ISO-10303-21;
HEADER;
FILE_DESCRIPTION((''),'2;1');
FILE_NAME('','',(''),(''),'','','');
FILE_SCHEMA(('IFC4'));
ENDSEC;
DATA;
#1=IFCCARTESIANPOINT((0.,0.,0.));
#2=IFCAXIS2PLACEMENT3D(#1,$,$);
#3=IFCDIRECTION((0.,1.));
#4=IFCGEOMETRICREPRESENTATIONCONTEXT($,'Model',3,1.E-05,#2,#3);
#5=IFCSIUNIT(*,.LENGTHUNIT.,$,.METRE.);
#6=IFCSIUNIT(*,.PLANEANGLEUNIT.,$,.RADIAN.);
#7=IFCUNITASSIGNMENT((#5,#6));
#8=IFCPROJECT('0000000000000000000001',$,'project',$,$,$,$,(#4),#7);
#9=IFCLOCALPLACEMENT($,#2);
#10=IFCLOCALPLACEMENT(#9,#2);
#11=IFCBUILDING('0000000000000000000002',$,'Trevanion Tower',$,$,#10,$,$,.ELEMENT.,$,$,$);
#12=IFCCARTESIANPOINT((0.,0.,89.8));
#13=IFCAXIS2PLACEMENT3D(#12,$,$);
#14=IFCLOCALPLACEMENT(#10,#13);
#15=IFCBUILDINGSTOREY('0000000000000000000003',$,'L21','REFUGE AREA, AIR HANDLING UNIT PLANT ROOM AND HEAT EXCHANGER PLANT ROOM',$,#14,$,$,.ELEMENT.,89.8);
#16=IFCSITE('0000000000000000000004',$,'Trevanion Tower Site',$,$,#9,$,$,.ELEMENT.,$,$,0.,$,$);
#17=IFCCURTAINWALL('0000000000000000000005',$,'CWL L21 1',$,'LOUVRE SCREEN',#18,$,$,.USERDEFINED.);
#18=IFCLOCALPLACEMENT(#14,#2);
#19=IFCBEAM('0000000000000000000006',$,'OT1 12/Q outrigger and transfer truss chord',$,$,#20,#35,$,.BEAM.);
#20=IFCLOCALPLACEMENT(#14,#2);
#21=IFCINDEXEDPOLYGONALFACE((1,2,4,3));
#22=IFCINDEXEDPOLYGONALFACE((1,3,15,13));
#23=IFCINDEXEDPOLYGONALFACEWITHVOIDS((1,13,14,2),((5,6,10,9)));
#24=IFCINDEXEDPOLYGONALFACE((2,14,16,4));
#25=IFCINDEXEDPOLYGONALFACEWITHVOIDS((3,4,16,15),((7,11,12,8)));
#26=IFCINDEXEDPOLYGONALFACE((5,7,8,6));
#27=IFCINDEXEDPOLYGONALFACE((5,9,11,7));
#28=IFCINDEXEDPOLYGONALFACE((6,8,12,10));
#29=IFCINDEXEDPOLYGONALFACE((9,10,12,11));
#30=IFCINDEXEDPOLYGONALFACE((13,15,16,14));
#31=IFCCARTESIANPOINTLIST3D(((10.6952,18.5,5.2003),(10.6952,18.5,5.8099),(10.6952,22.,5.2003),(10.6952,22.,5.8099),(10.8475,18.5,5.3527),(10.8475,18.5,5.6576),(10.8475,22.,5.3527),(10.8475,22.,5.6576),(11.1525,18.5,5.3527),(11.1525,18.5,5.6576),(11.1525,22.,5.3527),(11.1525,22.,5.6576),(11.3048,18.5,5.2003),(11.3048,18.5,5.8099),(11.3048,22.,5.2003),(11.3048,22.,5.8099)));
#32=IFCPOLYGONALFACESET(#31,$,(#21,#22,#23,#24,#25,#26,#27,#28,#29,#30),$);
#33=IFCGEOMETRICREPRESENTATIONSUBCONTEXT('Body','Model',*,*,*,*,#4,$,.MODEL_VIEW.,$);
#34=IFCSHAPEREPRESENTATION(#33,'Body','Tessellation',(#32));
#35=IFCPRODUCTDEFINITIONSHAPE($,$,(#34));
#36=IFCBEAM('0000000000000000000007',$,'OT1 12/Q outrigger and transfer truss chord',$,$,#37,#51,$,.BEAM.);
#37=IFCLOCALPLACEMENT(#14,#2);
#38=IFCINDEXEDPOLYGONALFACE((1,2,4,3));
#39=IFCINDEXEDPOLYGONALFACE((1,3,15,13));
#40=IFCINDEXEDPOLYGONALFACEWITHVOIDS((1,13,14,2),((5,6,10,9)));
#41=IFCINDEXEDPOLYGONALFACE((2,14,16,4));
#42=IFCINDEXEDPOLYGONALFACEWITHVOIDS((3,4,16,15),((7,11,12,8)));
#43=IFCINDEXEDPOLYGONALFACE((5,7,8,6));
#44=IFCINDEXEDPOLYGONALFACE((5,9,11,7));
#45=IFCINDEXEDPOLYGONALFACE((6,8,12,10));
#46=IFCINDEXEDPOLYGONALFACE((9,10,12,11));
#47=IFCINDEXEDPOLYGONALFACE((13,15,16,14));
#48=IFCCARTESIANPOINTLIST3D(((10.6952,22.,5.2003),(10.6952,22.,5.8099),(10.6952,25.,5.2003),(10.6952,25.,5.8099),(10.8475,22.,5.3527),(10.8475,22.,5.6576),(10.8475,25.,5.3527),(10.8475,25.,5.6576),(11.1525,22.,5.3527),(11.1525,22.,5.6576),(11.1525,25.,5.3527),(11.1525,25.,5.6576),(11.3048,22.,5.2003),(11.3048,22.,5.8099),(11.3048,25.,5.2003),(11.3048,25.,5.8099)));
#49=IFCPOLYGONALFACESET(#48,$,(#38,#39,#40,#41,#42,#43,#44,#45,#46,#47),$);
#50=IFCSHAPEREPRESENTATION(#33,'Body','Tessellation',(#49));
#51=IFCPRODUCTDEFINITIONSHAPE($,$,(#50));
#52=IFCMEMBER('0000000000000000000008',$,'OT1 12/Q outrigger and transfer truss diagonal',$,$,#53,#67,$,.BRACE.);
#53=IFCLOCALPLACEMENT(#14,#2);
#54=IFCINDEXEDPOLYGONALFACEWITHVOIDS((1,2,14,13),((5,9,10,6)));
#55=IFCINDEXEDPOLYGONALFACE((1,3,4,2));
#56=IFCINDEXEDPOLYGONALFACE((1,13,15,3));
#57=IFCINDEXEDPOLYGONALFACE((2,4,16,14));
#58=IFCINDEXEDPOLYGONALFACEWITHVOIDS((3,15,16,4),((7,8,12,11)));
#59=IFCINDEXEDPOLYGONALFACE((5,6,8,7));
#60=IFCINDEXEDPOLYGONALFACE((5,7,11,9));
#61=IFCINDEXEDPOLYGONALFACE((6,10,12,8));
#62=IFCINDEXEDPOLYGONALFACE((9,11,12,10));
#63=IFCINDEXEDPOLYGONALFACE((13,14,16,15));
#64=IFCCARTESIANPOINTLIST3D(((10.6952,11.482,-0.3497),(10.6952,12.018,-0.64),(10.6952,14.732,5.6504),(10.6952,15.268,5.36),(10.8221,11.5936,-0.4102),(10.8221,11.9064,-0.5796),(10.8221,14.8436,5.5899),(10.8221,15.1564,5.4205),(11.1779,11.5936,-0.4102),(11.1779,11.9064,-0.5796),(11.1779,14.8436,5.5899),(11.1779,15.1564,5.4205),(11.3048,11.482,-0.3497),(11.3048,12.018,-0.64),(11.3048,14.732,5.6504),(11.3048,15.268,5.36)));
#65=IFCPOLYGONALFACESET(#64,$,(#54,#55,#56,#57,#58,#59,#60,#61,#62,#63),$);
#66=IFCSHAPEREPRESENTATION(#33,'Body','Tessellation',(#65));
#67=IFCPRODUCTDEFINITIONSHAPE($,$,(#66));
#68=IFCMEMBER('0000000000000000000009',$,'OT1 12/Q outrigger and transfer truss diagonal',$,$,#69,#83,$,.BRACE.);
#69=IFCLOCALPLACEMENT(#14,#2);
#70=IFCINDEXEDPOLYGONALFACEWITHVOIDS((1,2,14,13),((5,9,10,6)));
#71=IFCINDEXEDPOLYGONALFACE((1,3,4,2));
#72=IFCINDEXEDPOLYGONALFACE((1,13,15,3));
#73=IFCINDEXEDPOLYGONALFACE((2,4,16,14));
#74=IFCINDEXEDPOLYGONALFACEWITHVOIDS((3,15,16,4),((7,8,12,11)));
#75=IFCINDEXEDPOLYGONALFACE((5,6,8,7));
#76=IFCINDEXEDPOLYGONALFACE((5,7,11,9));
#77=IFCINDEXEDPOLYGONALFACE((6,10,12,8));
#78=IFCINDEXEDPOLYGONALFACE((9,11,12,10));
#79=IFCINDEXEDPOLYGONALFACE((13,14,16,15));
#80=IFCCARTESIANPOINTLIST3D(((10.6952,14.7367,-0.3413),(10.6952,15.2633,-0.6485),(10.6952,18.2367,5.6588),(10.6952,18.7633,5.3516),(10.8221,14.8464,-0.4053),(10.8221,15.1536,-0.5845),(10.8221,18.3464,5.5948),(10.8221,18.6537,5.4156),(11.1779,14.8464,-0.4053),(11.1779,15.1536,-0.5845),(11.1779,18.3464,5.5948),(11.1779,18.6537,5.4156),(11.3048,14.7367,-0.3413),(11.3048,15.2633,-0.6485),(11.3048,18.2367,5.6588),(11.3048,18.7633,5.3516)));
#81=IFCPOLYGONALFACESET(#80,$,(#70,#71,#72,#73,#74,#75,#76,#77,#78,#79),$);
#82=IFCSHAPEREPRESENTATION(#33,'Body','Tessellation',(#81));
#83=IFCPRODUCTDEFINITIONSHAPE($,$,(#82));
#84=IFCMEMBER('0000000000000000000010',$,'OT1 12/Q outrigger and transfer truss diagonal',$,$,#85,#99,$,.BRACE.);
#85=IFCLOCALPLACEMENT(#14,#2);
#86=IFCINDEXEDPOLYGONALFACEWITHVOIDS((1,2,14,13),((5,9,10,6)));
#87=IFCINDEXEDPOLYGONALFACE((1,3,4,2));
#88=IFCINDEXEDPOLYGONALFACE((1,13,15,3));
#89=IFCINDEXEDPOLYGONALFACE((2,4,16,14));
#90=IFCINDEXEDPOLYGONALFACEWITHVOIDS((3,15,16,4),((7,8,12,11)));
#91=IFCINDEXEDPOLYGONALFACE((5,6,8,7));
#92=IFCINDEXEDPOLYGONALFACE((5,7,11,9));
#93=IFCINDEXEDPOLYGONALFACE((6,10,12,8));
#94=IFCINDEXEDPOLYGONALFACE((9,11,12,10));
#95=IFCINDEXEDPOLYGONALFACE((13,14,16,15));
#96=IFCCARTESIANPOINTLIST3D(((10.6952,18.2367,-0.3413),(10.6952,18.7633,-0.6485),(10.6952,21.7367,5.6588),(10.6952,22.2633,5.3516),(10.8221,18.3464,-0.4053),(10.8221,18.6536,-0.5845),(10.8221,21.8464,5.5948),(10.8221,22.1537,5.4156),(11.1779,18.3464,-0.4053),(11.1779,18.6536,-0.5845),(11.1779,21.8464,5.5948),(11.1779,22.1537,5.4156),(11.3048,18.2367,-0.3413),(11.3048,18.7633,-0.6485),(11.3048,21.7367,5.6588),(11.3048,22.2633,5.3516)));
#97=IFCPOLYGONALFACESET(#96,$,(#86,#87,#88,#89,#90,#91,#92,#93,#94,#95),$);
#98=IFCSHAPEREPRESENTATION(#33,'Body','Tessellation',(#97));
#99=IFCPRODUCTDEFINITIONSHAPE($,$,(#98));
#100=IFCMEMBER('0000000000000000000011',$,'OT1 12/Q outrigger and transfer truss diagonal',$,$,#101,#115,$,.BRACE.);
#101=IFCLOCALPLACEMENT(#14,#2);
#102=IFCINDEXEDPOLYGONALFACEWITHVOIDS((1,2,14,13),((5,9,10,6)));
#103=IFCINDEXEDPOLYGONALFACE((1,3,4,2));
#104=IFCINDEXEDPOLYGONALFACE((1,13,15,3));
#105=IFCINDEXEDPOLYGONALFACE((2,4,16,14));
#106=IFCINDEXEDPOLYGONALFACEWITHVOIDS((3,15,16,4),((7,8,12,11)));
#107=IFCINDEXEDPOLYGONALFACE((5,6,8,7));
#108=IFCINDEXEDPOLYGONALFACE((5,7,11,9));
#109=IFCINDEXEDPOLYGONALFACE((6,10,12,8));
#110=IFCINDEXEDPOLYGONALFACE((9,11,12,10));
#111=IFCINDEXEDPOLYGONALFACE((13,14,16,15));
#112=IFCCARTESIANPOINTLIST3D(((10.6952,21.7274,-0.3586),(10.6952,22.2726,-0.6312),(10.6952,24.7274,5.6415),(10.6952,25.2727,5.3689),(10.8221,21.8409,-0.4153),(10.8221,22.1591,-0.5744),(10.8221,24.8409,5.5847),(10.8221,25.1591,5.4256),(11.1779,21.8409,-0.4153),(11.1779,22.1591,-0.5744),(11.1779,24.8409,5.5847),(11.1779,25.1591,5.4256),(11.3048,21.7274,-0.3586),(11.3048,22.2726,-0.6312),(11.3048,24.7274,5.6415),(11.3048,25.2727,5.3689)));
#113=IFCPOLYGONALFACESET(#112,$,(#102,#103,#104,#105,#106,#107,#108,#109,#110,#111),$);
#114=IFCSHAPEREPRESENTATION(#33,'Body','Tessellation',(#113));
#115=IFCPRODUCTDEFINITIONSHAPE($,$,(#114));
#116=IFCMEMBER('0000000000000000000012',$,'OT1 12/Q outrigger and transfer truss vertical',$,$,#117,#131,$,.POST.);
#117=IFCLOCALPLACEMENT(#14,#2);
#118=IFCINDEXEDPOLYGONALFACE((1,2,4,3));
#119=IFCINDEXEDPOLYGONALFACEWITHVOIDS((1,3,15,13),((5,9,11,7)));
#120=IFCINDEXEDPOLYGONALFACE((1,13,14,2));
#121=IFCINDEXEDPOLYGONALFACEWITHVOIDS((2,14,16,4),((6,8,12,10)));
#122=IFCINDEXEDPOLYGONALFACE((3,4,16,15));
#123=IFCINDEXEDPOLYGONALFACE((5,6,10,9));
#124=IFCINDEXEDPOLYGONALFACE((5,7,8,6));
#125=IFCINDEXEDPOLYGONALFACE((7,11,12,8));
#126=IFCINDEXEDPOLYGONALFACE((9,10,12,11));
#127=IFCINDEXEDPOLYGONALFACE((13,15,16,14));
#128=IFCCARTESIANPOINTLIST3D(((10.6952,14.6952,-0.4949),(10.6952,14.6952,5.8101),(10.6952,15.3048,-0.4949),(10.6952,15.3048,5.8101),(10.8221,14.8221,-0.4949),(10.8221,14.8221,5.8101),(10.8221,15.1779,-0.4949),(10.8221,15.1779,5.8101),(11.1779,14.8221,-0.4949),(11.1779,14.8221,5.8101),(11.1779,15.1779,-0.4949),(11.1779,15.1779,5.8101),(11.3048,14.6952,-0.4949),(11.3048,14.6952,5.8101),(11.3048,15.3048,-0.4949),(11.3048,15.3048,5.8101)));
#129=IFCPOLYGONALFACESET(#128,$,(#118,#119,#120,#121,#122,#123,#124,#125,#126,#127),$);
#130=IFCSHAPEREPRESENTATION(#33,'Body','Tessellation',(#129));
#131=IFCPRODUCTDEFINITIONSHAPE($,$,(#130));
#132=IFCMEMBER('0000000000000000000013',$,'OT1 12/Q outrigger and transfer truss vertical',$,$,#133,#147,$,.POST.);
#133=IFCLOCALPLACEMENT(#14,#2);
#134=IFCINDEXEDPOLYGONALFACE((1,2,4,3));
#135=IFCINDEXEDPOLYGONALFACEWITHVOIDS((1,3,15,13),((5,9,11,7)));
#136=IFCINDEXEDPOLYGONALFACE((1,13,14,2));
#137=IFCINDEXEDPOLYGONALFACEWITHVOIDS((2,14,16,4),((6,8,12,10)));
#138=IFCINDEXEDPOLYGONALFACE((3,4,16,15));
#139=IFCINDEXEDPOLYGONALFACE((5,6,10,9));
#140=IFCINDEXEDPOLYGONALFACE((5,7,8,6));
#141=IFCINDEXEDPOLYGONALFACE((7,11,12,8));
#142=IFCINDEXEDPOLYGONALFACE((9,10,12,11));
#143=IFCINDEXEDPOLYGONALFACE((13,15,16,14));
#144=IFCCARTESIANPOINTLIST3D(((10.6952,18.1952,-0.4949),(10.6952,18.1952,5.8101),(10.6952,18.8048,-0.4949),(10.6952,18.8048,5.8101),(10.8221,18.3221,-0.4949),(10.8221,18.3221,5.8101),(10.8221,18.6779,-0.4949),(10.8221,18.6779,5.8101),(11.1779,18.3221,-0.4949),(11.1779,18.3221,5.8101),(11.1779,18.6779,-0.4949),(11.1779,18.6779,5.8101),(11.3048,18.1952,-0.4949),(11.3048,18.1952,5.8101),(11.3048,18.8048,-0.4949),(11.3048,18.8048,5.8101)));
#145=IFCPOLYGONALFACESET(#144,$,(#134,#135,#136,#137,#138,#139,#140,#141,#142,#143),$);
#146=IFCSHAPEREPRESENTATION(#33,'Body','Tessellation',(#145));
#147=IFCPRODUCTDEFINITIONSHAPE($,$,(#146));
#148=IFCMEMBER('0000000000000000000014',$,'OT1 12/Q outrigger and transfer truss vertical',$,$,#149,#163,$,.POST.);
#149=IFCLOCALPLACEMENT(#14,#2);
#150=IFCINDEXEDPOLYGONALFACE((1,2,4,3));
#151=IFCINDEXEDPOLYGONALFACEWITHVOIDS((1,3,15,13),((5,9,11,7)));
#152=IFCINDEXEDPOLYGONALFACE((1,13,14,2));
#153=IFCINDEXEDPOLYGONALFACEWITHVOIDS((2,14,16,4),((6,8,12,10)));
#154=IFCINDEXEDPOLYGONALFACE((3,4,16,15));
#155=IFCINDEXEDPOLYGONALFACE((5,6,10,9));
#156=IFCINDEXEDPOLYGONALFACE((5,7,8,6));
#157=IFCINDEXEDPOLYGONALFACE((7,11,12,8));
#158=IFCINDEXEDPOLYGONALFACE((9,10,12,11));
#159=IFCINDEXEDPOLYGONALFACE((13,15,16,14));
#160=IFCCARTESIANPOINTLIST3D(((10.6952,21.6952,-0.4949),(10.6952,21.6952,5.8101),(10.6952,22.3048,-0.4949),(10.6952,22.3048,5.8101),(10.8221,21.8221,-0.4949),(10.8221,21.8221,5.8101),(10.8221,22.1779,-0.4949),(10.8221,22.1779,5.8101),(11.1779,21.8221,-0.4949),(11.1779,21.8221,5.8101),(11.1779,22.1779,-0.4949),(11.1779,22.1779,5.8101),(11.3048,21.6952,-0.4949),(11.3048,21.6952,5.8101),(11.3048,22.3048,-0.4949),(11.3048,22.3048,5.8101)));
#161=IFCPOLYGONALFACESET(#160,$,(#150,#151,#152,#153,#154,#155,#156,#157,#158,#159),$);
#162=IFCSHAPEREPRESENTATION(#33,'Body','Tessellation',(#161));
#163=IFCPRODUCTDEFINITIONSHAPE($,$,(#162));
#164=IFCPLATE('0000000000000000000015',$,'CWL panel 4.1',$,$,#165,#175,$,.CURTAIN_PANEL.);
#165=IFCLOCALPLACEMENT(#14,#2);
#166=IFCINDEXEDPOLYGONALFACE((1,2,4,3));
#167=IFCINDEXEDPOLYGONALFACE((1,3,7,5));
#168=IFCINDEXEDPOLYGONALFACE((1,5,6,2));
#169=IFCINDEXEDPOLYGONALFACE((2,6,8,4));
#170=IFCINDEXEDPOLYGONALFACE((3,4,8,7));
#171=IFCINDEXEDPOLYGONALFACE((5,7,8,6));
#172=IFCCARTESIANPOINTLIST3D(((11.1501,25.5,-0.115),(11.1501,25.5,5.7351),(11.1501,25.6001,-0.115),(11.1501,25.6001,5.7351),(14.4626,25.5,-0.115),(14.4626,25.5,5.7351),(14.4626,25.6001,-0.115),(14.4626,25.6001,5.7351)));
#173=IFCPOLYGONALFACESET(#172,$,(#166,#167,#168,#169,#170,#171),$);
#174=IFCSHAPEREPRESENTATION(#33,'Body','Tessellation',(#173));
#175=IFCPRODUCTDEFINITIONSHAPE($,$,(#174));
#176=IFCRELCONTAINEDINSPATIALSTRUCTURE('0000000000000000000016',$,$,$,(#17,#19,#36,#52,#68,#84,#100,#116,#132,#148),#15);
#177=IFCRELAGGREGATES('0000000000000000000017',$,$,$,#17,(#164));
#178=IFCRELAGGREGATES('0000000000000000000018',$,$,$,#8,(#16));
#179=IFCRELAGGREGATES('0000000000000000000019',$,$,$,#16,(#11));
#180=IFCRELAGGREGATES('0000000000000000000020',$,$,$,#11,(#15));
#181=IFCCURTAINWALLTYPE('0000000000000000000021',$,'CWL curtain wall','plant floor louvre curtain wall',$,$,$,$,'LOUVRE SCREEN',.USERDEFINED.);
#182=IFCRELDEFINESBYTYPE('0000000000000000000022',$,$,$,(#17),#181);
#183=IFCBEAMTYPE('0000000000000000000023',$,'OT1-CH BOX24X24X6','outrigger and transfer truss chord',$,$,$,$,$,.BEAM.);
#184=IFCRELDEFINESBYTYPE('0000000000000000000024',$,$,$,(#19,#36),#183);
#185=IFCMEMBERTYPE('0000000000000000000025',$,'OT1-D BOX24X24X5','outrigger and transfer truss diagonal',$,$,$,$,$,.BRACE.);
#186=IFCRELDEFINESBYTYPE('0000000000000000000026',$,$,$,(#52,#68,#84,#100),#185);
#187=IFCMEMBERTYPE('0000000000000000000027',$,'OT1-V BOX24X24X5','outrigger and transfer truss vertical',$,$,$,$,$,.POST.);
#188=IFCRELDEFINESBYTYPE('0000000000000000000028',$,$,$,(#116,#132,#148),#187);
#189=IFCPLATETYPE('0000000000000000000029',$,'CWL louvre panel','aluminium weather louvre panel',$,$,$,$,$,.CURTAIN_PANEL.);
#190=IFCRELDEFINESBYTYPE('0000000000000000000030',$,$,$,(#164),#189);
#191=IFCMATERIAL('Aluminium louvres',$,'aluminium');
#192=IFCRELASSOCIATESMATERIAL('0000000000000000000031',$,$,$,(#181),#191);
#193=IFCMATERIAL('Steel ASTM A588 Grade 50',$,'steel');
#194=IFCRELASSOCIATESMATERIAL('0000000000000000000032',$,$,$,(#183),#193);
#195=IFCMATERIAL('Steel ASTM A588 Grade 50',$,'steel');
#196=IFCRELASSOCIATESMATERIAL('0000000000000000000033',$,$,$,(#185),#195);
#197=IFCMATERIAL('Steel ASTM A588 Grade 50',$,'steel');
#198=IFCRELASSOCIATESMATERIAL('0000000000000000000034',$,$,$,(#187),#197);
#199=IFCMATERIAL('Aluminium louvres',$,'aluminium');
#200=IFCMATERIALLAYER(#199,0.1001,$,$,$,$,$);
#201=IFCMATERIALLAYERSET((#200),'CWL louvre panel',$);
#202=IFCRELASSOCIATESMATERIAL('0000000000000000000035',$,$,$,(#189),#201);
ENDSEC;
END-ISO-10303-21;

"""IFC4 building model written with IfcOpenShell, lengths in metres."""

from ifc_helpers import new_model, si_unit, direction, frame, origin, origin_2d, place, context, subcontext, project, spatial, rectangle, hollow_rectangle, extrude, material, layer, layer_set, material_profile, profile_set, type_object, element, aggregate, save


model = new_model("IFC4")

# Units and contexts
model_context = context("Model", 3, precision=1e-05, world=origin(), true_north=direction((0.0, 1.0)))
body_context = subcontext(model_context, "Body", "Model", "MODEL_VIEW")
ifc_project = project(units=[si_unit("LENGTHUNIT", "METRE"), si_unit("PLANEANGLEUNIT", "RADIAN")], contexts=[model_context])

# Site, building, storey
site_placement = place(None, origin())
site = spatial("IfcSite", under=ifc_project, at=site_placement, Name="Trevanion Tower Site", CompositionType="ELEMENT", RefElevation=0.0)
building_placement = place(site_placement, origin())
building = spatial("IfcBuilding", under=site, at=building_placement, Name="Trevanion Tower", CompositionType="ELEMENT")
storey_placement = place(building_placement, frame((0.0, 0.0, 89.8)))
storey = spatial("IfcBuildingStorey", under=building, at=storey_placement, Name="L21", Description="REFUGE AREA, AIR HANDLING UNIT PLANT ROOM AND HEAT EXCHANGER PLANT ROOM", CompositionType="ELEMENT", Elevation=89.8)

# Curtain wall
ifc_material_1 = material(Name="Aluminium louvres", Category="aluminium")
curtain_wall_type = type_object("IfcCurtainWallType", Name="CWL curtain wall", Description="plant floor louvre curtain wall", ElementType="LOUVRE SCREEN", PredefinedType="USERDEFINED", material=ifc_material_1)
curtain_wall_placement = place(storey_placement, origin())
curtain_wall = element("IfcCurtainWall", 1, at=curtain_wall_placement, inside=storey, type_object=curtain_wall_type, Name="CWL L21 1", ObjectType="LOUVRE SCREEN", PredefinedType="USERDEFINED")

# Beams
ifc_material_2 = material(Name="Steel ASTM A588 Grade 50", Category="steel")
ifc_material_profile_1 = material_profile(ifc_material_2, hollow_rectangle(XDim=0.6096, YDim=0.6096, WallThickness=0.1523, at=origin_2d()), Name="BOX24X24X6")
ifc_profile_set_1 = profile_set([ifc_material_profile_1], Name="Steel ASTM A588 Grade 50")
beam_type_1 = type_object("IfcBeamType", Name="OT1-CH BOX24X24X6", Description="outrigger and transfer truss chord", PredefinedType="BEAM", material=ifc_profile_set_1)
for number, where, z_axis, x_axis, name in (
    (2, (11.0, 18.5, 5.5051), (0.0, 1.0, 0.0), (-1.0, 0.0, 0.0), "OT1 12/Q outrigger and transfer truss chord"),
):
    element("IfcBeam", number, at=place(storey_placement, frame(where, z_axis=z_axis, x_axis=x_axis)), inside=storey, type_object=beam_type_1, Name=name, PredefinedType="BEAM", context=body_context, shape_type="SweptSolid", body=[
        extrude(hollow_rectangle(XDim=0.6096, YDim=0.6096, WallThickness=0.1523, at=origin_2d()), origin(), (0.0, 0.0, 1.0), 3.5),
    ])
beam_1_placement = place(storey_placement, frame((11.0, 22.0, 5.5051), z_axis=(0.0, 1.0, 0.0), x_axis=(-1.0, 0.0, 0.0)))
element("IfcBeam", 3, at=beam_1_placement, inside=storey, type_object=beam_type_1, Name="OT1 12/Q outrigger and transfer truss chord", PredefinedType="BEAM", context=body_context, shape_type="SweptSolid", body=[
    extrude(hollow_rectangle(XDim=0.6096, YDim=0.6096, WallThickness=0.1523, at=origin_2d()), origin(), (0.0, 0.0, 1.0), 3.0),
])

# Members
ifc_material_3 = material(Name="Steel ASTM A588 Grade 50", Category="steel")
ifc_material_profile_2 = material_profile(ifc_material_3, hollow_rectangle(XDim=0.6096, YDim=0.6096, WallThickness=0.127, at=origin_2d()), Name="BOX24X24X5")
ifc_profile_set_2 = profile_set([ifc_material_profile_2], Name="Steel ASTM A588 Grade 50")
member_type_1 = type_object("IfcMemberType", Name="OT1-D BOX24X24X5", Description="outrigger and transfer truss diagonal", PredefinedType="BRACE", material=ifc_profile_set_2)
member_1_placement = place(storey_placement, frame((11.0, 11.75, -0.4949), z_axis=(0.0, 0.476283, 0.879292), x_axis=(-1.0, 0.0, 0.0)))
element("IfcMember", 4, at=member_1_placement, inside=storey, type_object=member_type_1, Name="OT1 12/Q outrigger and transfer truss diagonal", PredefinedType="BRACE", context=body_context, shape_type="SweptSolid", body=[
    extrude(hollow_rectangle(XDim=0.6096, YDim=0.6096, WallThickness=0.127, at=origin_2d()), origin(), (0.0, 0.0, 1.0), 6.8237),
])
for number, where, z_axis, x_axis, name in (
    (5, (11.0, 15.0, -0.4949), (0.0, 0.503871, 0.863779), (-1.0, 0.0, 0.0), "OT1 12/Q outrigger and transfer truss diagonal"),
    (6, (11.0, 18.5, -0.4949), (0.0, 0.503871, 0.863779), (-1.0, 0.0, 0.0), "OT1 12/Q outrigger and transfer truss diagonal"),
):
    element("IfcMember", number, at=place(storey_placement, frame(where, z_axis=z_axis, x_axis=x_axis)), inside=storey, type_object=member_type_1, Name=name, PredefinedType="BRACE", context=body_context, shape_type="SweptSolid", body=[
        extrude(hollow_rectangle(XDim=0.6096, YDim=0.6096, WallThickness=0.127, at=origin_2d()), origin(), (0.0, 0.0, 1.0), 6.9463),
    ])
member_2_placement = place(storey_placement, frame((11.0, 22.0, -0.4949), z_axis=(0.0, 0.447214, 0.894427), x_axis=(-1.0, 0.0, 0.0)))
element("IfcMember", 7, at=member_2_placement, inside=storey, type_object=member_type_1, Name="OT1 12/Q outrigger and transfer truss diagonal", PredefinedType="BRACE", context=body_context, shape_type="SweptSolid", body=[
    extrude(hollow_rectangle(XDim=0.6096, YDim=0.6096, WallThickness=0.127, at=origin_2d()), origin(), (0.0, 0.0, 1.0), 6.7083),
])
ifc_material_4 = material(Name="Steel ASTM A588 Grade 50", Category="steel")
ifc_material_profile_3 = material_profile(ifc_material_4, hollow_rectangle(XDim=0.6096, YDim=0.6096, WallThickness=0.127, at=origin_2d()), Name="BOX24X24X5")
ifc_profile_set_3 = profile_set([ifc_material_profile_3], Name="Steel ASTM A588 Grade 50")
member_type_2 = type_object("IfcMemberType", Name="OT1-V BOX24X24X5", Description="outrigger and transfer truss vertical", PredefinedType="POST", material=ifc_profile_set_3)
for number, where, z_axis, x_axis, name in (
    (8, (11.0, 15.0, -0.4949), (0.0, 0.0, 1.0), (1.0, 0.0, 0.0), "OT1 12/Q outrigger and transfer truss vertical"),
    (9, (11.0, 18.5, -0.4949), (0.0, 0.0, 1.0), (1.0, 0.0, 0.0), "OT1 12/Q outrigger and transfer truss vertical"),
    (10, (11.0, 22.0, -0.4949), (0.0, 0.0, 1.0), (1.0, 0.0, 0.0), "OT1 12/Q outrigger and transfer truss vertical"),
):
    element("IfcMember", number, at=place(storey_placement, frame(where, z_axis=z_axis, x_axis=x_axis)), inside=storey, type_object=member_type_2, Name=name, PredefinedType="POST", context=body_context, shape_type="SweptSolid", body=[
        extrude(hollow_rectangle(XDim=0.6096, YDim=0.6096, WallThickness=0.127, at=origin_2d()), origin(), (0.0, 0.0, 1.0), 6.3049),
    ])

# Plate
ifc_material_5 = material(Name="Aluminium louvres", Category="aluminium")
ifc_layer_1 = layer(ifc_material_5, 0.1001)
ifc_layer_set_1 = layer_set([ifc_layer_1], Name="CWL louvre panel")
plate_type = type_object("IfcPlateType", Name="CWL louvre panel", Description="aluminium weather louvre panel", PredefinedType="CURTAIN_PANEL", material=ifc_layer_set_1)
plate_placement = place(storey_placement, frame((12.8064, 25.55, -0.115), z_axis=(0.0, 0.0, 1.0), x_axis=(-1.0, 0.0, 0.0)))
plate = element("IfcPlate", 11, at=plate_placement, type_object=plate_type, Name="CWL panel 4.1", PredefinedType="CURTAIN_PANEL", context=body_context, shape_type="SweptSolid", body=[
    extrude(rectangle(XDim=3.3125, YDim=0.1001, at=origin_2d()), origin(), (0.0, 0.0, 1.0), 5.8501),
])
aggregate(curtain_wall, [plate])

save(model, "model.ifc")
